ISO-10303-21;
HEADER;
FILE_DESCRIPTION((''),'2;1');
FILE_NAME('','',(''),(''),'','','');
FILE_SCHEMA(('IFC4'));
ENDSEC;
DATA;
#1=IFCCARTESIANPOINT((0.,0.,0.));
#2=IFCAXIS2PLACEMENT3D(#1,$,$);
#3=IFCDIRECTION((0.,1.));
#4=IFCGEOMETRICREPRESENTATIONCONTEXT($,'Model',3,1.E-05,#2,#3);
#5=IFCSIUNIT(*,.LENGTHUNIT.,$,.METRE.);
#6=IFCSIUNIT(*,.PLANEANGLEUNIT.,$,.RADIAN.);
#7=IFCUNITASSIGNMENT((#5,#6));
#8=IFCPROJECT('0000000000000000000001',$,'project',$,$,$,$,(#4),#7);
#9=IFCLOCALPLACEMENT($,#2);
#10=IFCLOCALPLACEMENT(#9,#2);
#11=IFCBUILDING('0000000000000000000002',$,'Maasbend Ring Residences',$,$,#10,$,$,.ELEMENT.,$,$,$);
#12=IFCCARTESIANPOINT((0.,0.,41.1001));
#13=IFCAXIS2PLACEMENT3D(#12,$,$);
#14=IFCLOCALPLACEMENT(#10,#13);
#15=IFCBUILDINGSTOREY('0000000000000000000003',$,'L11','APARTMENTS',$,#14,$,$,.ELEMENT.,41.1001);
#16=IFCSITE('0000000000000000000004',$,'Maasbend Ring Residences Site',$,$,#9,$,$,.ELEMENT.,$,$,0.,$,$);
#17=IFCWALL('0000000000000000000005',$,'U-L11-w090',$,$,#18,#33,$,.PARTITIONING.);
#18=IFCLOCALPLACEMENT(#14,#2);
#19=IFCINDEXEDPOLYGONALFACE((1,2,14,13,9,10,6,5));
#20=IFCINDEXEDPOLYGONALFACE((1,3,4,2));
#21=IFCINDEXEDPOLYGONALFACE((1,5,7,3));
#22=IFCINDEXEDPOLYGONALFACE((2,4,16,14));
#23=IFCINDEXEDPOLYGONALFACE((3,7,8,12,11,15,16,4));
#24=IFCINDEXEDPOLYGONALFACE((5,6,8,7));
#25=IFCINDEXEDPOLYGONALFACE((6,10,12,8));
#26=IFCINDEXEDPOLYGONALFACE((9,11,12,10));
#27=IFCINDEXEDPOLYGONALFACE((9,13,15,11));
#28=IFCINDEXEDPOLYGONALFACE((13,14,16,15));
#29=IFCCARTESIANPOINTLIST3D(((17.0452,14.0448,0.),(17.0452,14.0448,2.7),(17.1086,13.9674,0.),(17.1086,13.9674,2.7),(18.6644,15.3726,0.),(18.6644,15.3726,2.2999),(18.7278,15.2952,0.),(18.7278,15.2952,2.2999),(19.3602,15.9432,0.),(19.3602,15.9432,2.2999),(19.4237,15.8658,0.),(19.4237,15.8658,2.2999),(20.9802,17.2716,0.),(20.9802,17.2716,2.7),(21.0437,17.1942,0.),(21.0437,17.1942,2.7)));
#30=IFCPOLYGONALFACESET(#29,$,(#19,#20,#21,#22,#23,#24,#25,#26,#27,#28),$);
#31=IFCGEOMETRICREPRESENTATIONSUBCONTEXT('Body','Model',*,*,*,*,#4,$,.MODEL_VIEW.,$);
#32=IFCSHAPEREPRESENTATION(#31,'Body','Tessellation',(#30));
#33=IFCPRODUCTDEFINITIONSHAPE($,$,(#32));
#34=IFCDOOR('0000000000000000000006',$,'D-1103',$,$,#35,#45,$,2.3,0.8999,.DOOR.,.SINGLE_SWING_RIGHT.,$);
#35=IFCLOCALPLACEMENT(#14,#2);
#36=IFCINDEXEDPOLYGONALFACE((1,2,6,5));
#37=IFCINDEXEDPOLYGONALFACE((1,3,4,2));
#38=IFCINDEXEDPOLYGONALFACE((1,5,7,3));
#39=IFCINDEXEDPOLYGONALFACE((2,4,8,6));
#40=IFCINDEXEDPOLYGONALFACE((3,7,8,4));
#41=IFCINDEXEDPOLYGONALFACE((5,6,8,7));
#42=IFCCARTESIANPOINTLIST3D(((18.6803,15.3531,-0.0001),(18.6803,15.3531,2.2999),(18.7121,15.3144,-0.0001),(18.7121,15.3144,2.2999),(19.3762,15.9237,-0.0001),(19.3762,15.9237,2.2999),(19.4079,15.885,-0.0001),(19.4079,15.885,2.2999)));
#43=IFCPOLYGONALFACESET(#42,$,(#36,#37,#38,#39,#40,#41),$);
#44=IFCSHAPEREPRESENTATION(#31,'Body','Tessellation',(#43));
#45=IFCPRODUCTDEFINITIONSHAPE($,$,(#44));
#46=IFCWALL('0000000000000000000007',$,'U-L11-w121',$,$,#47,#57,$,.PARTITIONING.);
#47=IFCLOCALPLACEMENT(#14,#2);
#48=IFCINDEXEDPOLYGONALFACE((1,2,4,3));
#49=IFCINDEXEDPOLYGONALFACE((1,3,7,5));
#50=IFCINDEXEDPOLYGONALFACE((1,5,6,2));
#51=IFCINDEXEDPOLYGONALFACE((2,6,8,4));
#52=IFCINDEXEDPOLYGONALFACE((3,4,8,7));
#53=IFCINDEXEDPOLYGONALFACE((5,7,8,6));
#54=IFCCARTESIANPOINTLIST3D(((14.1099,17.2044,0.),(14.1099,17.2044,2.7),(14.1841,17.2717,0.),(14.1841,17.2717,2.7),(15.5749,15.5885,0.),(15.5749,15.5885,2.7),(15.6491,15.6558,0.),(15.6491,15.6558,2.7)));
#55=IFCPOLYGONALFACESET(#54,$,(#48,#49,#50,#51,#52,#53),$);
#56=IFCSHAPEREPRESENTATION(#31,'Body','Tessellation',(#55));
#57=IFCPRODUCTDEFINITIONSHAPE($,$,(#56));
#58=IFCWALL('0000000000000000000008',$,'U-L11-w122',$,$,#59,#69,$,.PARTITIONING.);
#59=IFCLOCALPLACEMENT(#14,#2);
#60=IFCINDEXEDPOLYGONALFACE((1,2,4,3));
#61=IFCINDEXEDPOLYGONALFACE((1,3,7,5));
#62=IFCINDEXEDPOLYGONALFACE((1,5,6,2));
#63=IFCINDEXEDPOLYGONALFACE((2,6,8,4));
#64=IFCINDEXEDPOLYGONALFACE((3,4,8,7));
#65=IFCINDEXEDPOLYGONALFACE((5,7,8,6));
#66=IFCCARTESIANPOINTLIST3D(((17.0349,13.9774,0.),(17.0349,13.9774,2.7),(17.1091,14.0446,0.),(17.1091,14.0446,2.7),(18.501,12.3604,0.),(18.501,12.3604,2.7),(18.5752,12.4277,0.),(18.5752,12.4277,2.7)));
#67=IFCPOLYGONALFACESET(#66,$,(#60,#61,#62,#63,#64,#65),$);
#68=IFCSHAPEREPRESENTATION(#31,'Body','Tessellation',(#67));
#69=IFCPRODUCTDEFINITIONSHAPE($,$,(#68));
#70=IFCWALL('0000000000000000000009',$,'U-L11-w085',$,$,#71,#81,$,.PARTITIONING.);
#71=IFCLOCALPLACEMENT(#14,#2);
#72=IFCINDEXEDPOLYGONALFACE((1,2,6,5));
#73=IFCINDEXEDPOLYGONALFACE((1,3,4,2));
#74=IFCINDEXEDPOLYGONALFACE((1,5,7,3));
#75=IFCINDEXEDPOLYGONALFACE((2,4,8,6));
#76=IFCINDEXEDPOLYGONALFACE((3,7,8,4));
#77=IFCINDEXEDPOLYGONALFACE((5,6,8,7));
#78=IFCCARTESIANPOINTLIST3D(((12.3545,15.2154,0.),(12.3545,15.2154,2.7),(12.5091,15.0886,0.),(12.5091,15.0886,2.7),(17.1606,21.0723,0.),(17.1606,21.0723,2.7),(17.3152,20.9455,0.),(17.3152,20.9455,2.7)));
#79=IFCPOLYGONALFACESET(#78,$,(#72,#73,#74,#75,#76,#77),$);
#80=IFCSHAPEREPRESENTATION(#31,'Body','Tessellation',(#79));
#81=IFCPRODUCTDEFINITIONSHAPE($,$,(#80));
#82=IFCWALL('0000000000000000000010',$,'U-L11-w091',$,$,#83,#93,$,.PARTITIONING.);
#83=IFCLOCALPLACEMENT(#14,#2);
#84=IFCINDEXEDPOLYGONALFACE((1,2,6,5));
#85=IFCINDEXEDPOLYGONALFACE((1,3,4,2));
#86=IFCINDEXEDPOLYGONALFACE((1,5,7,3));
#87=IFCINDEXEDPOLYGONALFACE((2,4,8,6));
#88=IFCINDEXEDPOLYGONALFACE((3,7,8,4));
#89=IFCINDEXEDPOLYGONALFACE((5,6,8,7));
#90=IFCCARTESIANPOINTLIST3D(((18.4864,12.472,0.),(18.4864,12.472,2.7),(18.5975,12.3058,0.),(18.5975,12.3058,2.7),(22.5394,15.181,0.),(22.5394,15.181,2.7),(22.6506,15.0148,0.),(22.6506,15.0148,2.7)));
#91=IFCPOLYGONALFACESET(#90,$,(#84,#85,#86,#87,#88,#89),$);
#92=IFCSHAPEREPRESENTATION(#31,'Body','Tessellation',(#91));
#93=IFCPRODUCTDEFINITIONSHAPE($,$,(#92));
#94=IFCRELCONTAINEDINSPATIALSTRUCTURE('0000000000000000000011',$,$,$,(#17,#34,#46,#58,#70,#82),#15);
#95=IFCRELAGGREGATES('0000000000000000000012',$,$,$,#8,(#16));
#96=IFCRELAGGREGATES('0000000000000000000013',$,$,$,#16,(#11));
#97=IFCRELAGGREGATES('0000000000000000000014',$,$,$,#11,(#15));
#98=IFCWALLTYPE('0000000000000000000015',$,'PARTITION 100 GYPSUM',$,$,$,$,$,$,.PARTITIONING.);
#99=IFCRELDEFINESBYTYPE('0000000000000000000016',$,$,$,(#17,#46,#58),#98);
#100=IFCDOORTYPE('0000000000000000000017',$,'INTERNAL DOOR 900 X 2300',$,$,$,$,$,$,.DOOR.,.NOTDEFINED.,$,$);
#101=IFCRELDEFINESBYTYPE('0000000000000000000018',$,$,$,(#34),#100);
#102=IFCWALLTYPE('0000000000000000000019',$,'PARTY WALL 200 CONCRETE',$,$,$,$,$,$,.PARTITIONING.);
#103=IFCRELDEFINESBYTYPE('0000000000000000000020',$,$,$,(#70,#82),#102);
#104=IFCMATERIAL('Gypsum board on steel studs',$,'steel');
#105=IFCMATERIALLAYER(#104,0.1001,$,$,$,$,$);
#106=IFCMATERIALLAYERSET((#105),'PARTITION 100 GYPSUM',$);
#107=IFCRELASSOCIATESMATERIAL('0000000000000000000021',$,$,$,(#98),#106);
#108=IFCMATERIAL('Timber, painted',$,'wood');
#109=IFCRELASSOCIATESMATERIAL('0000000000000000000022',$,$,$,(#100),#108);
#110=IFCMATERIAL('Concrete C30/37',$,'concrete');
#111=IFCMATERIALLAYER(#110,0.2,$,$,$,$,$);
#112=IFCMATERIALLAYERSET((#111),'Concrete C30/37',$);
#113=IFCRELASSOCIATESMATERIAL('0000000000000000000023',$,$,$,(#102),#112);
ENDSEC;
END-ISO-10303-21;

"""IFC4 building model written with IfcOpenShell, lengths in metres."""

from ifc_helpers import new_model, si_unit, direction, frame, frame_2d, origin, place, context, subcontext, project, spatial, rectangle, extrude, material, layer, layer_set, type_object, element, fill, save


model = new_model("IFC4")

# Units and contexts
model_context = context("Model", 3, precision=1e-05, world=origin(), true_north=direction((0.0, 1.0)))
body_context = subcontext(model_context, "Body", "Model", "MODEL_VIEW")
ifc_project = project(units=[si_unit("LENGTHUNIT", "METRE"), si_unit("PLANEANGLEUNIT", "RADIAN")], contexts=[model_context])

# Site, building, storey
site_placement = place(None, origin())
site = spatial("IfcSite", under=ifc_project, at=site_placement, Name="Maasbend Ring Residences Site", CompositionType="ELEMENT", RefElevation=0.0)
building_placement = place(site_placement, origin())
building = spatial("IfcBuilding", under=site, at=building_placement, Name="Maasbend Ring Residences", CompositionType="ELEMENT")
storey_placement = place(building_placement, frame((0.0, 0.0, 41.1001)))
storey = spatial("IfcBuildingStorey", under=building, at=storey_placement, Name="L11", Description="APARTMENTS", CompositionType="ELEMENT", Elevation=41.1001)

# Shared definitions
ifc_material_1 = material(Name="Gypsum board on steel studs", Category="steel")
ifc_layer_1 = layer(ifc_material_1, 0.1001)
ifc_layer_set_1 = layer_set([ifc_layer_1], Name="PARTITION 100 GYPSUM")
wall_type_1 = type_object("IfcWallType", Name="PARTITION 100 GYPSUM", PredefinedType="PARTITIONING", material=ifc_layer_set_1)

# Wall, opening, door
ifc_material_2 = material(Name="Timber, painted", Category="wood")
door_type_1 = type_object("IfcDoorType", Name="INTERNAL DOOR 900 X 2300", OperationType="NOTDEFINED", PredefinedType="DOOR", material=ifc_material_2)
wall_1_placement = place(storey_placement, frame((17.0769, 14.0061, 0.0), z_axis=(0.0, 0.0, 1.0), x_axis=(0.773262, 0.634086, 0.0)))
wall_1 = element("IfcWall", 1, at=wall_1_placement, inside=storey, type_object=wall_type_1, Name="U-L11-w090", PredefinedType="PARTITIONING", context=body_context, shape_type="SweptSolid", body=[
    extrude(rectangle(XDim=5.0889, YDim=0.1001, at=frame_2d((2.5444, 0.0))), origin(), (0.0, 0.0, 1.0), 2.7),
])
opening_1_placement = place(wall_1_placement, frame((2.094, 0.0, 0.0)))
opening_1 = element("IfcOpeningElement", 2, at=opening_1_placement, cuts=wall_1, PredefinedType="OPENING", context=body_context, shape_type="SweptSolid", body=[
    extrude(rectangle(XDim=0.8999, YDim=2.3, at=frame_2d((0.45, 1.1499))), frame((0.0, 0.0601, 0.0), z_axis=(0.0, -1.0, 0.0), x_axis=(1.0, 0.0, 0.0)), (0.0, 0.0, 1.0), 0.1201),
])
door_1_placement = place(opening_1_placement, origin())
door_1 = element("IfcDoor", 3, at=door_1_placement, inside=storey, type_object=door_type_1, Name="D-1103", OperationType="SINGLE_SWING_RIGHT", OverallHeight=2.3, OverallWidth=0.8999, PredefinedType="DOOR", context=body_context, shape_type="SweptSolid", body=[
    extrude(rectangle(XDim=0.8999, YDim=2.3, at=frame_2d((0.45, 1.1499))), frame((0.0, 0.0249, 0.0), z_axis=(0.0, -1.0, 0.0), x_axis=(1.0, 0.0, 0.0)), (0.0, 0.0, 1.0), 0.05),
])
fill(opening_1, door_1)

# Walls
wall_2_placement = place(storey_placement, frame((14.147, 17.238, 0.0), z_axis=(0.0, 0.0, 1.0), x_axis=(0.671675, -0.740846, 0.0)))
element("IfcWall", 4, at=wall_2_placement, inside=storey, type_object=wall_type_1, Name="U-L11-w121", PredefinedType="PARTITIONING", context=body_context, shape_type="SweptSolid", body=[
    extrude(rectangle(XDim=2.1812, YDim=0.1001, at=frame_2d((1.0906, 0.0))), origin(), (0.0, 0.0, 1.0), 2.7),
])
wall_3_placement = place(storey_placement, frame((17.072, 14.011, 0.0), z_axis=(0.0, 0.0, 1.0), x_axis=(0.671698, -0.740825, 0.0)))
element("IfcWall", 5, at=wall_3_placement, inside=storey, type_object=wall_type_1, Name="U-L11-w122", PredefinedType="PARTITIONING", context=body_context, shape_type="SweptSolid", body=[
    extrude(rectangle(XDim=2.1826, YDim=0.1001, at=frame_2d((1.0913, 0.0))), origin(), (0.0, 0.0, 1.0), 2.7),
])
ifc_material_3 = material(Name="Concrete C30/37", Category="concrete")
ifc_layer_2 = layer(ifc_material_3, 0.2)
ifc_layer_set_2 = layer_set([ifc_layer_2], Name="Concrete C30/37")
wall_type_2 = type_object("IfcWallType", Name="PARTY WALL 200 CONCRETE", PredefinedType="PARTITIONING", material=ifc_layer_set_2)
wall_4_placement = place(storey_placement, frame((12.4319, 15.1521, 0.0), z_axis=(0.0, 0.0, 1.0), x_axis=(0.634353, 0.773043, 0.0)))
element("IfcWall", 6, at=wall_4_placement, inside=storey, type_object=wall_type_2, Name="U-L11-w085", PredefinedType="PARTITIONING", context=body_context, shape_type="SweptSolid", body=[
    extrude(rectangle(XDim=7.5764, YDim=0.2, at=frame_2d((3.7881, 0.0))), origin(), (0.0, 0.0, 1.0), 2.7),
])
wall_5_placement = place(storey_placement, frame((18.542, 12.3889, 0.0), z_axis=(0.0, 0.0, 1.0), x_axis=(0.831387, 0.555694, 0.0)))
element("IfcWall", 7, at=wall_5_placement, inside=storey, type_object=wall_type_2, Name="U-L11-w091", PredefinedType="PARTITIONING", context=body_context, shape_type="SweptSolid", body=[
    extrude(rectangle(XDim=4.875, YDim=0.2, at=frame_2d((2.4375, 0.0))), origin(), (0.0, 0.0, 1.0), 2.7),
])

save(model, "model.ifc")
